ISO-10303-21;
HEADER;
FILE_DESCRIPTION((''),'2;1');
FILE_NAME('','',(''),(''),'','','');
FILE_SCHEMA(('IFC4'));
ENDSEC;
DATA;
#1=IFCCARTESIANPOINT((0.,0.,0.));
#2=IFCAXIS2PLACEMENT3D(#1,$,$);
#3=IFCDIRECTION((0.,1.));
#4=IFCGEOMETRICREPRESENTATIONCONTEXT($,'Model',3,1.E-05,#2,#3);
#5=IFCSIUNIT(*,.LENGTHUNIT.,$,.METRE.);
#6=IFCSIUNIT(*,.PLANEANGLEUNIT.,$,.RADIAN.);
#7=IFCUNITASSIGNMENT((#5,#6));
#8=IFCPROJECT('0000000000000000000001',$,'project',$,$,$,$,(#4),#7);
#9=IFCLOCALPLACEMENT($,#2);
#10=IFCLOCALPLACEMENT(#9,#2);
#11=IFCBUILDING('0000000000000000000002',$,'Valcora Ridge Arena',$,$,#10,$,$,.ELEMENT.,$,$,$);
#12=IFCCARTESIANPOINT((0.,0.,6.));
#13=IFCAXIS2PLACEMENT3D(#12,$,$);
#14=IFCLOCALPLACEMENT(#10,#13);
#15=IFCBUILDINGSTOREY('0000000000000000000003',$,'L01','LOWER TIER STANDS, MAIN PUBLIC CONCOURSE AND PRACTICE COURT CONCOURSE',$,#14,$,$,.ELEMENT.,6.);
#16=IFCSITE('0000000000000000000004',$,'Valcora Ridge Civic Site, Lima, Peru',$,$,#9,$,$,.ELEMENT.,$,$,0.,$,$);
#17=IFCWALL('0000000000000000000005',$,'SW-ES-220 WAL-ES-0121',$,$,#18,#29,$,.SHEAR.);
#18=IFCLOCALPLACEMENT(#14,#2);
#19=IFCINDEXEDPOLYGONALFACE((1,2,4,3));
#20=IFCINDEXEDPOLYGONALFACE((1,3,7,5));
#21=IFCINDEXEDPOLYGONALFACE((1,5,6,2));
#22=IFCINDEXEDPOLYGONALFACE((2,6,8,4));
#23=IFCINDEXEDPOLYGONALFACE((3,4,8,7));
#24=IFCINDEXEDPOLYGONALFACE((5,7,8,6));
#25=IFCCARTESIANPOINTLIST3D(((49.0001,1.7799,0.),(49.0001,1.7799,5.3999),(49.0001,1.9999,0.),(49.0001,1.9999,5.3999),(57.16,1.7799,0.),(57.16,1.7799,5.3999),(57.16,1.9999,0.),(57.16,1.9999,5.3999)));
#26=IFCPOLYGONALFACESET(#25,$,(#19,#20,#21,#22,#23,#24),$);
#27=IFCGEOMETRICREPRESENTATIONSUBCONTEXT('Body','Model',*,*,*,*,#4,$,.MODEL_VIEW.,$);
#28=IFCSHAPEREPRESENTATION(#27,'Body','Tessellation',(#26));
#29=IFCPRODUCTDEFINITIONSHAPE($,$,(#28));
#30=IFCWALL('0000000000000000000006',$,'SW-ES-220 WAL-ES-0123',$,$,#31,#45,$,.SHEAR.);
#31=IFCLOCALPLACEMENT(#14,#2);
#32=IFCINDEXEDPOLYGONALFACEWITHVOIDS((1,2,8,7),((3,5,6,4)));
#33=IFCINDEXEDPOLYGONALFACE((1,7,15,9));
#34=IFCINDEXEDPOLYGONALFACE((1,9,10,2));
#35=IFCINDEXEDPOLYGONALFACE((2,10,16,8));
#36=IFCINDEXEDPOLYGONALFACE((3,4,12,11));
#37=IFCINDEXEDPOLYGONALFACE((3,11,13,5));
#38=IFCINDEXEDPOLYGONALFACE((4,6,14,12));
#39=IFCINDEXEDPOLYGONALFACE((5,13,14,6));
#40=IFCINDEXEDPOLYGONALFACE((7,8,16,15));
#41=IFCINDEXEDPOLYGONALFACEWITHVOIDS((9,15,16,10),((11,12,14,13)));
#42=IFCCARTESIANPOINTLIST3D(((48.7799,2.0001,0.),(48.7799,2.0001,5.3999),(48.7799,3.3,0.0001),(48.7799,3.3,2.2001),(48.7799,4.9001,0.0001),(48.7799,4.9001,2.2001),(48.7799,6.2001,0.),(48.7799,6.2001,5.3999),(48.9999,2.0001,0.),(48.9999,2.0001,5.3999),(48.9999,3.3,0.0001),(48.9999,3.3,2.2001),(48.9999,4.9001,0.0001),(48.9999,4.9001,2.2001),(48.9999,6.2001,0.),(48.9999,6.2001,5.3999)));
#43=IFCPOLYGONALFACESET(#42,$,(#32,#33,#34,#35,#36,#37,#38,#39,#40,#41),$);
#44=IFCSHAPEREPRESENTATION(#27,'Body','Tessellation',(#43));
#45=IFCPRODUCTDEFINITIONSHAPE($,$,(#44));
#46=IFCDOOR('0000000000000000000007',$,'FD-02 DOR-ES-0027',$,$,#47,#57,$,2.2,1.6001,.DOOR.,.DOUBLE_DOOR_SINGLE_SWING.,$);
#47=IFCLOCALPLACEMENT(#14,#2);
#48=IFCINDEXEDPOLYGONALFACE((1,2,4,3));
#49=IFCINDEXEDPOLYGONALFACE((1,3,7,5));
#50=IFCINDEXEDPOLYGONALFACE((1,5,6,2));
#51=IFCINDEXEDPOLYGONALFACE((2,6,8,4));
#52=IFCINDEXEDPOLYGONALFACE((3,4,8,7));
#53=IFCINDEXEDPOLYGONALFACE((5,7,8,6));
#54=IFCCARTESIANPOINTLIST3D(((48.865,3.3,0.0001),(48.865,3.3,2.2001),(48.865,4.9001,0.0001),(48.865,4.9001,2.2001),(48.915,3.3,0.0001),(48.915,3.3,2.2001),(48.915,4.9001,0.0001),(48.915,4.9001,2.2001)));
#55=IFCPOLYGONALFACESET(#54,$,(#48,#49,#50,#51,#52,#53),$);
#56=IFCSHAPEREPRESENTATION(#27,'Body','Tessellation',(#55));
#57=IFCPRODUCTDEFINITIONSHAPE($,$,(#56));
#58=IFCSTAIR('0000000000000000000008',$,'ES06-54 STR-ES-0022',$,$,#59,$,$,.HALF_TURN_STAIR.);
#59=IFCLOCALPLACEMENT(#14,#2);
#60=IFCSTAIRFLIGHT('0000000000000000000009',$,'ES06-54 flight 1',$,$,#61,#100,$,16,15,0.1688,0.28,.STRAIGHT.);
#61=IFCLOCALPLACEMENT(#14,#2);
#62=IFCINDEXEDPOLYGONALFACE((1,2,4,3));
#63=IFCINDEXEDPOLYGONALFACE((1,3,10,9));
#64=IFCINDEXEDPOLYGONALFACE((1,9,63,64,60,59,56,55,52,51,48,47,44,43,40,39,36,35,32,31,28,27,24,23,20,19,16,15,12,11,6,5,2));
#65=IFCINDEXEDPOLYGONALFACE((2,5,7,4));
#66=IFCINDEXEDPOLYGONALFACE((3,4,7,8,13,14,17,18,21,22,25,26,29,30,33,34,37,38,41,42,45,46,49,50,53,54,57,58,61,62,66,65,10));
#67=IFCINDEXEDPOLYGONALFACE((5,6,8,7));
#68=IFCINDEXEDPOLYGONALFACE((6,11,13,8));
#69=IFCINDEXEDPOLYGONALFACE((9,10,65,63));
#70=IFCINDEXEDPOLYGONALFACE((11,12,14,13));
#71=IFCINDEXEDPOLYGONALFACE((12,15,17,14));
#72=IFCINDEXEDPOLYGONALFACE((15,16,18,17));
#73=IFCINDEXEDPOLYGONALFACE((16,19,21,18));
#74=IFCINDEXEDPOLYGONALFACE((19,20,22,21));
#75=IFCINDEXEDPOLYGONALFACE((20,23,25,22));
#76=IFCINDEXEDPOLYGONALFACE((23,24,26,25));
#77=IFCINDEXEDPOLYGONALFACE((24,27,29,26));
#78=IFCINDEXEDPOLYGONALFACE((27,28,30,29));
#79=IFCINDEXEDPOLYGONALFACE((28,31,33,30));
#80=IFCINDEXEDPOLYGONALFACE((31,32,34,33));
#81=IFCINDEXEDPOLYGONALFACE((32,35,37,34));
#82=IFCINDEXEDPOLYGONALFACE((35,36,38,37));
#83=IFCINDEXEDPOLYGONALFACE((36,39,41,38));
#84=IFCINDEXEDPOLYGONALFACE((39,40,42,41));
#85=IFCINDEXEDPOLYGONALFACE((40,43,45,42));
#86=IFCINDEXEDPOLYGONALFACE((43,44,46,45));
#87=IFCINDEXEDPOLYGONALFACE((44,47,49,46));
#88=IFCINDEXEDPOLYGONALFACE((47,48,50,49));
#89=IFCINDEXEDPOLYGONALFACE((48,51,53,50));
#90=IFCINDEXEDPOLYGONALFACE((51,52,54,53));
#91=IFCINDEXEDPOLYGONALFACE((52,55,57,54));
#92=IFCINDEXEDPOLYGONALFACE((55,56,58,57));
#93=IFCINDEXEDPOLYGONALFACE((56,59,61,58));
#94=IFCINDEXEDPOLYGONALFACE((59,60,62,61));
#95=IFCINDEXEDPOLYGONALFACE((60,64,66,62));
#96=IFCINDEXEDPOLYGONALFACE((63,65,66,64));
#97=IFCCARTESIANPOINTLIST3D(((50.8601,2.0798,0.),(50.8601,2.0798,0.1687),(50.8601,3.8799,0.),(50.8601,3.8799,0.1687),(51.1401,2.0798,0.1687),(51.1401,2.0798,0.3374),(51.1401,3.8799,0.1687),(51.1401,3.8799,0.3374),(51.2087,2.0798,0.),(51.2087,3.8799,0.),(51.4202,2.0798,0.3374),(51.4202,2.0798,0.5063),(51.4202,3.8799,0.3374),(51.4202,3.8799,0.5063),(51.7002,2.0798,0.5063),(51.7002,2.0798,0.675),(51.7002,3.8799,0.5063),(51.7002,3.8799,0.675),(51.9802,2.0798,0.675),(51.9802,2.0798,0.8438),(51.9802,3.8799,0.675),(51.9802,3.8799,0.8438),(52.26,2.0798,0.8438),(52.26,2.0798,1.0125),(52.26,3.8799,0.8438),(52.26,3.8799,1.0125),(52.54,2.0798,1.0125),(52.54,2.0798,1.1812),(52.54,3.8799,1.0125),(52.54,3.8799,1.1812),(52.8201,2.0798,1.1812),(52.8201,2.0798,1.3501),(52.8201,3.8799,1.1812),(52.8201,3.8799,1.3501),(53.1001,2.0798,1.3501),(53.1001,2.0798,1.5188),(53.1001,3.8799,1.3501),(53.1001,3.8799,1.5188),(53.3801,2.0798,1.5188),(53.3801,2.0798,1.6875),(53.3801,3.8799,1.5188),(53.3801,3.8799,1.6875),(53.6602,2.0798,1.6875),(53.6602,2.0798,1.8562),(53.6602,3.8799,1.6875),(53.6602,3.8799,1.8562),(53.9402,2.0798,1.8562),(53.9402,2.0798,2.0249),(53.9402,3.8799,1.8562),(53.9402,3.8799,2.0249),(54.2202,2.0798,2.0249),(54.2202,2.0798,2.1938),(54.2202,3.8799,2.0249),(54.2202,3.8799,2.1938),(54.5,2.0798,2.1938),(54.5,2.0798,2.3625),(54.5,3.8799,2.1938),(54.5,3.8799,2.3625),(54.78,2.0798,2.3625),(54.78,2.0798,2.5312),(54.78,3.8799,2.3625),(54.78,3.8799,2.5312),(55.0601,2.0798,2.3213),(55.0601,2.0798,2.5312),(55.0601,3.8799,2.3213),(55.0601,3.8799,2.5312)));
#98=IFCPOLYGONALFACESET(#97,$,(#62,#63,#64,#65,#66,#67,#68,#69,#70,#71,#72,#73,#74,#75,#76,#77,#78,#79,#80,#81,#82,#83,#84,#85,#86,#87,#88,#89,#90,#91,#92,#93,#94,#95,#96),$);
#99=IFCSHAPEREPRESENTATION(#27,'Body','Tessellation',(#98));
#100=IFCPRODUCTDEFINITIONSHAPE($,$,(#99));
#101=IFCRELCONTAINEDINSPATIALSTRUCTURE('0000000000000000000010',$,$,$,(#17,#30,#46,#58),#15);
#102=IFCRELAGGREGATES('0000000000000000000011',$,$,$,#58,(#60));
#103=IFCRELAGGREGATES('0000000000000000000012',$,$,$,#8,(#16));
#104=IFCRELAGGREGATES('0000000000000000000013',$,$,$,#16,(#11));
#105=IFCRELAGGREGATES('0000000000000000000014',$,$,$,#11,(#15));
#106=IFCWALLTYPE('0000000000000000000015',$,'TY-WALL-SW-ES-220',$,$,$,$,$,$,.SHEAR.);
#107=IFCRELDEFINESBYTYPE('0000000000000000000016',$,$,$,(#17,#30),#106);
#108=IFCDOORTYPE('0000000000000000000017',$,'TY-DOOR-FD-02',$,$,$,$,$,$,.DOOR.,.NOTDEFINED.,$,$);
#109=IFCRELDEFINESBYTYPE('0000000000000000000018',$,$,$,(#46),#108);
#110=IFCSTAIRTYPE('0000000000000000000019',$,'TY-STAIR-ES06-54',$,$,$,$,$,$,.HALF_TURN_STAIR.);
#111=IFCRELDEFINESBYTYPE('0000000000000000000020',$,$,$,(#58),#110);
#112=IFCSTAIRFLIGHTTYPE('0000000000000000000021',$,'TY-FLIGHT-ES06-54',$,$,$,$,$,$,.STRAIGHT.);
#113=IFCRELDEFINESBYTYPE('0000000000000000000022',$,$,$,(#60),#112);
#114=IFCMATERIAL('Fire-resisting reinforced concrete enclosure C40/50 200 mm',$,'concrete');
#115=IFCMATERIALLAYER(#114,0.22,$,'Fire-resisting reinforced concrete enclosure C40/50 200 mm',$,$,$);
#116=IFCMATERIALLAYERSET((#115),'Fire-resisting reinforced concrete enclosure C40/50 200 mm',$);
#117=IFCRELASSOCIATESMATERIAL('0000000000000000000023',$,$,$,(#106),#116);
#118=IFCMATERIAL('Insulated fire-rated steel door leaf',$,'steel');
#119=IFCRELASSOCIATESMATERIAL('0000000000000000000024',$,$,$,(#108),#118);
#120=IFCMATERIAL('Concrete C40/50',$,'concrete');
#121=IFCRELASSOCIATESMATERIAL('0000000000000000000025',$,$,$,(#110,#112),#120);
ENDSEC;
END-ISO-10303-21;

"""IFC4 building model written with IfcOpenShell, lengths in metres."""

from ifc_helpers import new_model, si_unit, direction, frame, frame_2d, origin, place, context, subcontext, project, spatial, polyline, rectangle, outline, extrude, material, layer, layer_set, type_object, element, fill, aggregate, save


model = new_model("IFC4")

# Units and contexts
model_context = context("Model", 3, precision=1e-05, world=origin(), true_north=direction((0.0, 1.0)))
body_context = subcontext(model_context, "Body", "Model", "MODEL_VIEW")
ifc_project = project(units=[si_unit("LENGTHUNIT", "METRE"), si_unit("PLANEANGLEUNIT", "RADIAN")], contexts=[model_context])

# Site, building, storey
site_placement = place(None, origin())
site = spatial("IfcSite", under=ifc_project, at=site_placement, Name="Valcora Ridge Civic Site, Lima, Peru", CompositionType="ELEMENT", RefElevation=0.0)
building_placement = place(site_placement, origin())
building = spatial("IfcBuilding", under=site, at=building_placement, Name="Valcora Ridge Arena", CompositionType="ELEMENT")
storey_placement = place(building_placement, frame((0.0, 0.0, 6.0)))
storey = spatial("IfcBuildingStorey", under=building, at=storey_placement, Name="L01", Description="LOWER TIER STANDS, MAIN PUBLIC CONCOURSE AND PRACTICE COURT CONCOURSE", CompositionType="ELEMENT", Elevation=6.0)

# Shared definitions
ifc_material_1 = material(Name="Concrete C40/50", Category="concrete")

# Wall
ifc_material_2 = material(Name="Fire-resisting reinforced concrete enclosure C40/50 200 mm", Category="concrete")
ifc_layer_1 = layer(ifc_material_2, 0.22, Name="Fire-resisting reinforced concrete enclosure C40/50 200 mm")
ifc_layer_set_1 = layer_set([ifc_layer_1], Name="Fire-resisting reinforced concrete enclosure C40/50 200 mm")
wall_type_1 = type_object("IfcWallType", Name="TY-WALL-SW-ES-220", PredefinedType="SHEAR", material=ifc_layer_set_1)
wall_1_placement = place(storey_placement, frame((49.0, 1.8899, 0.0), z_axis=(0.0, 0.0, 1.0), x_axis=(1.0, 0.0, 0.0)))
element("IfcWall", 1, at=wall_1_placement, inside=storey, type_object=wall_type_1, Name="SW-ES-220 WAL-ES-0121", PredefinedType="SHEAR", context=body_context, shape_type="SweptSolid", body=[
    extrude(rectangle(XDim=8.1599, YDim=0.22, at=frame_2d((4.0801, 0.0))), origin(), (0.0, 0.0, 1.0), 5.3999),
])

# Wall, opening, door
wall_2_placement = place(storey_placement, frame((48.8899, 2.0, 0.0), z_axis=(0.0, 0.0, 1.0), x_axis=(0.0, 1.0, 0.0)))
wall_2 = element("IfcWall", 2, at=wall_2_placement, inside=storey, type_object=wall_type_1, Name="SW-ES-220 WAL-ES-0123", PredefinedType="SHEAR", context=body_context, shape_type="SweptSolid", body=[
    extrude(rectangle(XDim=4.2, YDim=0.22, at=frame_2d((2.1001, 0.0))), origin(), (0.0, 0.0, 1.0), 5.3999),
])
opening_placement = place(wall_2_placement, frame((1.3, 0.0, 0.0)))
opening = element("IfcOpeningElement", 3, at=opening_placement, cuts=wall_2, PredefinedType="OPENING", context=body_context, shape_type="SweptSolid", body=[
    extrude(rectangle(XDim=1.6001, YDim=2.2, at=frame_2d((0.8, 1.1001))), frame((0.0, 0.1199, 0.0), z_axis=(0.0, -1.0, 0.0), x_axis=(1.0, 0.0, 0.0)), (0.0, 0.0, 1.0), 0.24),
])
ifc_material_3 = material(Name="Insulated fire-rated steel door leaf", Category="steel")
door_type = type_object("IfcDoorType", Name="TY-DOOR-FD-02", OperationType="NOTDEFINED", PredefinedType="DOOR", material=ifc_material_3)
door_placement = place(opening_placement, origin())
door = element("IfcDoor", 4, at=door_placement, inside=storey, type_object=door_type, Name="FD-02 DOR-ES-0027", OperationType="DOUBLE_DOOR_SINGLE_SWING", OverallHeight=2.2, OverallWidth=1.6001, PredefinedType="DOOR", context=body_context, shape_type="SweptSolid", body=[
    extrude(rectangle(XDim=1.6001, YDim=2.2, at=frame_2d((0.8, 1.1001))), frame((0.0, 0.0249, 0.0), z_axis=(0.0, -1.0, 0.0), x_axis=(1.0, 0.0, 0.0)), (0.0, 0.0, 1.0), 0.05),
])
fill(opening, door)

# Stair, stair flight
stair_type = type_object("IfcStairType", Name="TY-STAIR-ES06-54", PredefinedType="HALF_TURN_STAIR", material=ifc_material_1)
stair_placement = place(storey_placement, origin())
stair = element("IfcStair", 5, at=stair_placement, inside=storey, type_object=stair_type, Name="ES06-54 STR-ES-0022", PredefinedType="HALF_TURN_STAIR")
stair_flight_type = type_object("IfcStairFlightType", Name="TY-FLIGHT-ES06-54", PredefinedType="STRAIGHT", material=ifc_material_1)
stair_flight_placement = place(storey_placement, frame((50.8601, 2.98, 0.0), z_axis=(0.0, 0.0, 1.0), x_axis=(1.0, 0.0, 0.0)))
stair_flight = element("IfcStairFlight", 6, at=stair_flight_placement, type_object=stair_flight_type, Name="ES06-54 flight 1", NumberOfRisers=16, NumberOfTreads=15, PredefinedType="STRAIGHT", RiserHeight=0.1688, TreadLength=0.28, context=body_context, shape_type="SweptSolid", body=[
    extrude(outline(polyline([(0.0, 0.0), (0.0, 0.1687), (0.28, 0.1687), (0.28, 0.3374), (0.5601, 0.3374), (0.5601, 0.5063), (0.8401, 0.5063), (0.8401, 0.675), (1.1201, 0.675), (1.1201, 0.8438), (1.3999, 0.8438), (1.3999, 1.0125), (1.6799, 1.0125), (1.6799, 1.1812), (1.96, 1.1812), (1.96, 1.3501), (2.24, 1.3501), (2.24, 1.5188), (2.52, 1.5188), (2.52, 1.6875), (2.8, 1.6875), (2.8, 1.8562), (3.0801, 1.8562), (3.0801, 2.0249), (3.3601, 2.0249), (3.3601, 2.1938), (3.6399, 2.1938), (3.6399, 2.3625), (3.9199, 2.3625), (3.9199, 2.5312), (4.2, 2.5312), (4.2, 2.7), (4.2, 2.3213), (0.3486, 0.0), (0.0, 0.0)])), frame((0.0, 0.8999, 0.0), z_axis=(0.0, -1.0, 0.0), x_axis=(1.0, 0.0, 0.0)), (0.0, 0.0, 1.0), 1.8),
])
aggregate(stair, [stair_flight])

save(model, "model.ifc")
